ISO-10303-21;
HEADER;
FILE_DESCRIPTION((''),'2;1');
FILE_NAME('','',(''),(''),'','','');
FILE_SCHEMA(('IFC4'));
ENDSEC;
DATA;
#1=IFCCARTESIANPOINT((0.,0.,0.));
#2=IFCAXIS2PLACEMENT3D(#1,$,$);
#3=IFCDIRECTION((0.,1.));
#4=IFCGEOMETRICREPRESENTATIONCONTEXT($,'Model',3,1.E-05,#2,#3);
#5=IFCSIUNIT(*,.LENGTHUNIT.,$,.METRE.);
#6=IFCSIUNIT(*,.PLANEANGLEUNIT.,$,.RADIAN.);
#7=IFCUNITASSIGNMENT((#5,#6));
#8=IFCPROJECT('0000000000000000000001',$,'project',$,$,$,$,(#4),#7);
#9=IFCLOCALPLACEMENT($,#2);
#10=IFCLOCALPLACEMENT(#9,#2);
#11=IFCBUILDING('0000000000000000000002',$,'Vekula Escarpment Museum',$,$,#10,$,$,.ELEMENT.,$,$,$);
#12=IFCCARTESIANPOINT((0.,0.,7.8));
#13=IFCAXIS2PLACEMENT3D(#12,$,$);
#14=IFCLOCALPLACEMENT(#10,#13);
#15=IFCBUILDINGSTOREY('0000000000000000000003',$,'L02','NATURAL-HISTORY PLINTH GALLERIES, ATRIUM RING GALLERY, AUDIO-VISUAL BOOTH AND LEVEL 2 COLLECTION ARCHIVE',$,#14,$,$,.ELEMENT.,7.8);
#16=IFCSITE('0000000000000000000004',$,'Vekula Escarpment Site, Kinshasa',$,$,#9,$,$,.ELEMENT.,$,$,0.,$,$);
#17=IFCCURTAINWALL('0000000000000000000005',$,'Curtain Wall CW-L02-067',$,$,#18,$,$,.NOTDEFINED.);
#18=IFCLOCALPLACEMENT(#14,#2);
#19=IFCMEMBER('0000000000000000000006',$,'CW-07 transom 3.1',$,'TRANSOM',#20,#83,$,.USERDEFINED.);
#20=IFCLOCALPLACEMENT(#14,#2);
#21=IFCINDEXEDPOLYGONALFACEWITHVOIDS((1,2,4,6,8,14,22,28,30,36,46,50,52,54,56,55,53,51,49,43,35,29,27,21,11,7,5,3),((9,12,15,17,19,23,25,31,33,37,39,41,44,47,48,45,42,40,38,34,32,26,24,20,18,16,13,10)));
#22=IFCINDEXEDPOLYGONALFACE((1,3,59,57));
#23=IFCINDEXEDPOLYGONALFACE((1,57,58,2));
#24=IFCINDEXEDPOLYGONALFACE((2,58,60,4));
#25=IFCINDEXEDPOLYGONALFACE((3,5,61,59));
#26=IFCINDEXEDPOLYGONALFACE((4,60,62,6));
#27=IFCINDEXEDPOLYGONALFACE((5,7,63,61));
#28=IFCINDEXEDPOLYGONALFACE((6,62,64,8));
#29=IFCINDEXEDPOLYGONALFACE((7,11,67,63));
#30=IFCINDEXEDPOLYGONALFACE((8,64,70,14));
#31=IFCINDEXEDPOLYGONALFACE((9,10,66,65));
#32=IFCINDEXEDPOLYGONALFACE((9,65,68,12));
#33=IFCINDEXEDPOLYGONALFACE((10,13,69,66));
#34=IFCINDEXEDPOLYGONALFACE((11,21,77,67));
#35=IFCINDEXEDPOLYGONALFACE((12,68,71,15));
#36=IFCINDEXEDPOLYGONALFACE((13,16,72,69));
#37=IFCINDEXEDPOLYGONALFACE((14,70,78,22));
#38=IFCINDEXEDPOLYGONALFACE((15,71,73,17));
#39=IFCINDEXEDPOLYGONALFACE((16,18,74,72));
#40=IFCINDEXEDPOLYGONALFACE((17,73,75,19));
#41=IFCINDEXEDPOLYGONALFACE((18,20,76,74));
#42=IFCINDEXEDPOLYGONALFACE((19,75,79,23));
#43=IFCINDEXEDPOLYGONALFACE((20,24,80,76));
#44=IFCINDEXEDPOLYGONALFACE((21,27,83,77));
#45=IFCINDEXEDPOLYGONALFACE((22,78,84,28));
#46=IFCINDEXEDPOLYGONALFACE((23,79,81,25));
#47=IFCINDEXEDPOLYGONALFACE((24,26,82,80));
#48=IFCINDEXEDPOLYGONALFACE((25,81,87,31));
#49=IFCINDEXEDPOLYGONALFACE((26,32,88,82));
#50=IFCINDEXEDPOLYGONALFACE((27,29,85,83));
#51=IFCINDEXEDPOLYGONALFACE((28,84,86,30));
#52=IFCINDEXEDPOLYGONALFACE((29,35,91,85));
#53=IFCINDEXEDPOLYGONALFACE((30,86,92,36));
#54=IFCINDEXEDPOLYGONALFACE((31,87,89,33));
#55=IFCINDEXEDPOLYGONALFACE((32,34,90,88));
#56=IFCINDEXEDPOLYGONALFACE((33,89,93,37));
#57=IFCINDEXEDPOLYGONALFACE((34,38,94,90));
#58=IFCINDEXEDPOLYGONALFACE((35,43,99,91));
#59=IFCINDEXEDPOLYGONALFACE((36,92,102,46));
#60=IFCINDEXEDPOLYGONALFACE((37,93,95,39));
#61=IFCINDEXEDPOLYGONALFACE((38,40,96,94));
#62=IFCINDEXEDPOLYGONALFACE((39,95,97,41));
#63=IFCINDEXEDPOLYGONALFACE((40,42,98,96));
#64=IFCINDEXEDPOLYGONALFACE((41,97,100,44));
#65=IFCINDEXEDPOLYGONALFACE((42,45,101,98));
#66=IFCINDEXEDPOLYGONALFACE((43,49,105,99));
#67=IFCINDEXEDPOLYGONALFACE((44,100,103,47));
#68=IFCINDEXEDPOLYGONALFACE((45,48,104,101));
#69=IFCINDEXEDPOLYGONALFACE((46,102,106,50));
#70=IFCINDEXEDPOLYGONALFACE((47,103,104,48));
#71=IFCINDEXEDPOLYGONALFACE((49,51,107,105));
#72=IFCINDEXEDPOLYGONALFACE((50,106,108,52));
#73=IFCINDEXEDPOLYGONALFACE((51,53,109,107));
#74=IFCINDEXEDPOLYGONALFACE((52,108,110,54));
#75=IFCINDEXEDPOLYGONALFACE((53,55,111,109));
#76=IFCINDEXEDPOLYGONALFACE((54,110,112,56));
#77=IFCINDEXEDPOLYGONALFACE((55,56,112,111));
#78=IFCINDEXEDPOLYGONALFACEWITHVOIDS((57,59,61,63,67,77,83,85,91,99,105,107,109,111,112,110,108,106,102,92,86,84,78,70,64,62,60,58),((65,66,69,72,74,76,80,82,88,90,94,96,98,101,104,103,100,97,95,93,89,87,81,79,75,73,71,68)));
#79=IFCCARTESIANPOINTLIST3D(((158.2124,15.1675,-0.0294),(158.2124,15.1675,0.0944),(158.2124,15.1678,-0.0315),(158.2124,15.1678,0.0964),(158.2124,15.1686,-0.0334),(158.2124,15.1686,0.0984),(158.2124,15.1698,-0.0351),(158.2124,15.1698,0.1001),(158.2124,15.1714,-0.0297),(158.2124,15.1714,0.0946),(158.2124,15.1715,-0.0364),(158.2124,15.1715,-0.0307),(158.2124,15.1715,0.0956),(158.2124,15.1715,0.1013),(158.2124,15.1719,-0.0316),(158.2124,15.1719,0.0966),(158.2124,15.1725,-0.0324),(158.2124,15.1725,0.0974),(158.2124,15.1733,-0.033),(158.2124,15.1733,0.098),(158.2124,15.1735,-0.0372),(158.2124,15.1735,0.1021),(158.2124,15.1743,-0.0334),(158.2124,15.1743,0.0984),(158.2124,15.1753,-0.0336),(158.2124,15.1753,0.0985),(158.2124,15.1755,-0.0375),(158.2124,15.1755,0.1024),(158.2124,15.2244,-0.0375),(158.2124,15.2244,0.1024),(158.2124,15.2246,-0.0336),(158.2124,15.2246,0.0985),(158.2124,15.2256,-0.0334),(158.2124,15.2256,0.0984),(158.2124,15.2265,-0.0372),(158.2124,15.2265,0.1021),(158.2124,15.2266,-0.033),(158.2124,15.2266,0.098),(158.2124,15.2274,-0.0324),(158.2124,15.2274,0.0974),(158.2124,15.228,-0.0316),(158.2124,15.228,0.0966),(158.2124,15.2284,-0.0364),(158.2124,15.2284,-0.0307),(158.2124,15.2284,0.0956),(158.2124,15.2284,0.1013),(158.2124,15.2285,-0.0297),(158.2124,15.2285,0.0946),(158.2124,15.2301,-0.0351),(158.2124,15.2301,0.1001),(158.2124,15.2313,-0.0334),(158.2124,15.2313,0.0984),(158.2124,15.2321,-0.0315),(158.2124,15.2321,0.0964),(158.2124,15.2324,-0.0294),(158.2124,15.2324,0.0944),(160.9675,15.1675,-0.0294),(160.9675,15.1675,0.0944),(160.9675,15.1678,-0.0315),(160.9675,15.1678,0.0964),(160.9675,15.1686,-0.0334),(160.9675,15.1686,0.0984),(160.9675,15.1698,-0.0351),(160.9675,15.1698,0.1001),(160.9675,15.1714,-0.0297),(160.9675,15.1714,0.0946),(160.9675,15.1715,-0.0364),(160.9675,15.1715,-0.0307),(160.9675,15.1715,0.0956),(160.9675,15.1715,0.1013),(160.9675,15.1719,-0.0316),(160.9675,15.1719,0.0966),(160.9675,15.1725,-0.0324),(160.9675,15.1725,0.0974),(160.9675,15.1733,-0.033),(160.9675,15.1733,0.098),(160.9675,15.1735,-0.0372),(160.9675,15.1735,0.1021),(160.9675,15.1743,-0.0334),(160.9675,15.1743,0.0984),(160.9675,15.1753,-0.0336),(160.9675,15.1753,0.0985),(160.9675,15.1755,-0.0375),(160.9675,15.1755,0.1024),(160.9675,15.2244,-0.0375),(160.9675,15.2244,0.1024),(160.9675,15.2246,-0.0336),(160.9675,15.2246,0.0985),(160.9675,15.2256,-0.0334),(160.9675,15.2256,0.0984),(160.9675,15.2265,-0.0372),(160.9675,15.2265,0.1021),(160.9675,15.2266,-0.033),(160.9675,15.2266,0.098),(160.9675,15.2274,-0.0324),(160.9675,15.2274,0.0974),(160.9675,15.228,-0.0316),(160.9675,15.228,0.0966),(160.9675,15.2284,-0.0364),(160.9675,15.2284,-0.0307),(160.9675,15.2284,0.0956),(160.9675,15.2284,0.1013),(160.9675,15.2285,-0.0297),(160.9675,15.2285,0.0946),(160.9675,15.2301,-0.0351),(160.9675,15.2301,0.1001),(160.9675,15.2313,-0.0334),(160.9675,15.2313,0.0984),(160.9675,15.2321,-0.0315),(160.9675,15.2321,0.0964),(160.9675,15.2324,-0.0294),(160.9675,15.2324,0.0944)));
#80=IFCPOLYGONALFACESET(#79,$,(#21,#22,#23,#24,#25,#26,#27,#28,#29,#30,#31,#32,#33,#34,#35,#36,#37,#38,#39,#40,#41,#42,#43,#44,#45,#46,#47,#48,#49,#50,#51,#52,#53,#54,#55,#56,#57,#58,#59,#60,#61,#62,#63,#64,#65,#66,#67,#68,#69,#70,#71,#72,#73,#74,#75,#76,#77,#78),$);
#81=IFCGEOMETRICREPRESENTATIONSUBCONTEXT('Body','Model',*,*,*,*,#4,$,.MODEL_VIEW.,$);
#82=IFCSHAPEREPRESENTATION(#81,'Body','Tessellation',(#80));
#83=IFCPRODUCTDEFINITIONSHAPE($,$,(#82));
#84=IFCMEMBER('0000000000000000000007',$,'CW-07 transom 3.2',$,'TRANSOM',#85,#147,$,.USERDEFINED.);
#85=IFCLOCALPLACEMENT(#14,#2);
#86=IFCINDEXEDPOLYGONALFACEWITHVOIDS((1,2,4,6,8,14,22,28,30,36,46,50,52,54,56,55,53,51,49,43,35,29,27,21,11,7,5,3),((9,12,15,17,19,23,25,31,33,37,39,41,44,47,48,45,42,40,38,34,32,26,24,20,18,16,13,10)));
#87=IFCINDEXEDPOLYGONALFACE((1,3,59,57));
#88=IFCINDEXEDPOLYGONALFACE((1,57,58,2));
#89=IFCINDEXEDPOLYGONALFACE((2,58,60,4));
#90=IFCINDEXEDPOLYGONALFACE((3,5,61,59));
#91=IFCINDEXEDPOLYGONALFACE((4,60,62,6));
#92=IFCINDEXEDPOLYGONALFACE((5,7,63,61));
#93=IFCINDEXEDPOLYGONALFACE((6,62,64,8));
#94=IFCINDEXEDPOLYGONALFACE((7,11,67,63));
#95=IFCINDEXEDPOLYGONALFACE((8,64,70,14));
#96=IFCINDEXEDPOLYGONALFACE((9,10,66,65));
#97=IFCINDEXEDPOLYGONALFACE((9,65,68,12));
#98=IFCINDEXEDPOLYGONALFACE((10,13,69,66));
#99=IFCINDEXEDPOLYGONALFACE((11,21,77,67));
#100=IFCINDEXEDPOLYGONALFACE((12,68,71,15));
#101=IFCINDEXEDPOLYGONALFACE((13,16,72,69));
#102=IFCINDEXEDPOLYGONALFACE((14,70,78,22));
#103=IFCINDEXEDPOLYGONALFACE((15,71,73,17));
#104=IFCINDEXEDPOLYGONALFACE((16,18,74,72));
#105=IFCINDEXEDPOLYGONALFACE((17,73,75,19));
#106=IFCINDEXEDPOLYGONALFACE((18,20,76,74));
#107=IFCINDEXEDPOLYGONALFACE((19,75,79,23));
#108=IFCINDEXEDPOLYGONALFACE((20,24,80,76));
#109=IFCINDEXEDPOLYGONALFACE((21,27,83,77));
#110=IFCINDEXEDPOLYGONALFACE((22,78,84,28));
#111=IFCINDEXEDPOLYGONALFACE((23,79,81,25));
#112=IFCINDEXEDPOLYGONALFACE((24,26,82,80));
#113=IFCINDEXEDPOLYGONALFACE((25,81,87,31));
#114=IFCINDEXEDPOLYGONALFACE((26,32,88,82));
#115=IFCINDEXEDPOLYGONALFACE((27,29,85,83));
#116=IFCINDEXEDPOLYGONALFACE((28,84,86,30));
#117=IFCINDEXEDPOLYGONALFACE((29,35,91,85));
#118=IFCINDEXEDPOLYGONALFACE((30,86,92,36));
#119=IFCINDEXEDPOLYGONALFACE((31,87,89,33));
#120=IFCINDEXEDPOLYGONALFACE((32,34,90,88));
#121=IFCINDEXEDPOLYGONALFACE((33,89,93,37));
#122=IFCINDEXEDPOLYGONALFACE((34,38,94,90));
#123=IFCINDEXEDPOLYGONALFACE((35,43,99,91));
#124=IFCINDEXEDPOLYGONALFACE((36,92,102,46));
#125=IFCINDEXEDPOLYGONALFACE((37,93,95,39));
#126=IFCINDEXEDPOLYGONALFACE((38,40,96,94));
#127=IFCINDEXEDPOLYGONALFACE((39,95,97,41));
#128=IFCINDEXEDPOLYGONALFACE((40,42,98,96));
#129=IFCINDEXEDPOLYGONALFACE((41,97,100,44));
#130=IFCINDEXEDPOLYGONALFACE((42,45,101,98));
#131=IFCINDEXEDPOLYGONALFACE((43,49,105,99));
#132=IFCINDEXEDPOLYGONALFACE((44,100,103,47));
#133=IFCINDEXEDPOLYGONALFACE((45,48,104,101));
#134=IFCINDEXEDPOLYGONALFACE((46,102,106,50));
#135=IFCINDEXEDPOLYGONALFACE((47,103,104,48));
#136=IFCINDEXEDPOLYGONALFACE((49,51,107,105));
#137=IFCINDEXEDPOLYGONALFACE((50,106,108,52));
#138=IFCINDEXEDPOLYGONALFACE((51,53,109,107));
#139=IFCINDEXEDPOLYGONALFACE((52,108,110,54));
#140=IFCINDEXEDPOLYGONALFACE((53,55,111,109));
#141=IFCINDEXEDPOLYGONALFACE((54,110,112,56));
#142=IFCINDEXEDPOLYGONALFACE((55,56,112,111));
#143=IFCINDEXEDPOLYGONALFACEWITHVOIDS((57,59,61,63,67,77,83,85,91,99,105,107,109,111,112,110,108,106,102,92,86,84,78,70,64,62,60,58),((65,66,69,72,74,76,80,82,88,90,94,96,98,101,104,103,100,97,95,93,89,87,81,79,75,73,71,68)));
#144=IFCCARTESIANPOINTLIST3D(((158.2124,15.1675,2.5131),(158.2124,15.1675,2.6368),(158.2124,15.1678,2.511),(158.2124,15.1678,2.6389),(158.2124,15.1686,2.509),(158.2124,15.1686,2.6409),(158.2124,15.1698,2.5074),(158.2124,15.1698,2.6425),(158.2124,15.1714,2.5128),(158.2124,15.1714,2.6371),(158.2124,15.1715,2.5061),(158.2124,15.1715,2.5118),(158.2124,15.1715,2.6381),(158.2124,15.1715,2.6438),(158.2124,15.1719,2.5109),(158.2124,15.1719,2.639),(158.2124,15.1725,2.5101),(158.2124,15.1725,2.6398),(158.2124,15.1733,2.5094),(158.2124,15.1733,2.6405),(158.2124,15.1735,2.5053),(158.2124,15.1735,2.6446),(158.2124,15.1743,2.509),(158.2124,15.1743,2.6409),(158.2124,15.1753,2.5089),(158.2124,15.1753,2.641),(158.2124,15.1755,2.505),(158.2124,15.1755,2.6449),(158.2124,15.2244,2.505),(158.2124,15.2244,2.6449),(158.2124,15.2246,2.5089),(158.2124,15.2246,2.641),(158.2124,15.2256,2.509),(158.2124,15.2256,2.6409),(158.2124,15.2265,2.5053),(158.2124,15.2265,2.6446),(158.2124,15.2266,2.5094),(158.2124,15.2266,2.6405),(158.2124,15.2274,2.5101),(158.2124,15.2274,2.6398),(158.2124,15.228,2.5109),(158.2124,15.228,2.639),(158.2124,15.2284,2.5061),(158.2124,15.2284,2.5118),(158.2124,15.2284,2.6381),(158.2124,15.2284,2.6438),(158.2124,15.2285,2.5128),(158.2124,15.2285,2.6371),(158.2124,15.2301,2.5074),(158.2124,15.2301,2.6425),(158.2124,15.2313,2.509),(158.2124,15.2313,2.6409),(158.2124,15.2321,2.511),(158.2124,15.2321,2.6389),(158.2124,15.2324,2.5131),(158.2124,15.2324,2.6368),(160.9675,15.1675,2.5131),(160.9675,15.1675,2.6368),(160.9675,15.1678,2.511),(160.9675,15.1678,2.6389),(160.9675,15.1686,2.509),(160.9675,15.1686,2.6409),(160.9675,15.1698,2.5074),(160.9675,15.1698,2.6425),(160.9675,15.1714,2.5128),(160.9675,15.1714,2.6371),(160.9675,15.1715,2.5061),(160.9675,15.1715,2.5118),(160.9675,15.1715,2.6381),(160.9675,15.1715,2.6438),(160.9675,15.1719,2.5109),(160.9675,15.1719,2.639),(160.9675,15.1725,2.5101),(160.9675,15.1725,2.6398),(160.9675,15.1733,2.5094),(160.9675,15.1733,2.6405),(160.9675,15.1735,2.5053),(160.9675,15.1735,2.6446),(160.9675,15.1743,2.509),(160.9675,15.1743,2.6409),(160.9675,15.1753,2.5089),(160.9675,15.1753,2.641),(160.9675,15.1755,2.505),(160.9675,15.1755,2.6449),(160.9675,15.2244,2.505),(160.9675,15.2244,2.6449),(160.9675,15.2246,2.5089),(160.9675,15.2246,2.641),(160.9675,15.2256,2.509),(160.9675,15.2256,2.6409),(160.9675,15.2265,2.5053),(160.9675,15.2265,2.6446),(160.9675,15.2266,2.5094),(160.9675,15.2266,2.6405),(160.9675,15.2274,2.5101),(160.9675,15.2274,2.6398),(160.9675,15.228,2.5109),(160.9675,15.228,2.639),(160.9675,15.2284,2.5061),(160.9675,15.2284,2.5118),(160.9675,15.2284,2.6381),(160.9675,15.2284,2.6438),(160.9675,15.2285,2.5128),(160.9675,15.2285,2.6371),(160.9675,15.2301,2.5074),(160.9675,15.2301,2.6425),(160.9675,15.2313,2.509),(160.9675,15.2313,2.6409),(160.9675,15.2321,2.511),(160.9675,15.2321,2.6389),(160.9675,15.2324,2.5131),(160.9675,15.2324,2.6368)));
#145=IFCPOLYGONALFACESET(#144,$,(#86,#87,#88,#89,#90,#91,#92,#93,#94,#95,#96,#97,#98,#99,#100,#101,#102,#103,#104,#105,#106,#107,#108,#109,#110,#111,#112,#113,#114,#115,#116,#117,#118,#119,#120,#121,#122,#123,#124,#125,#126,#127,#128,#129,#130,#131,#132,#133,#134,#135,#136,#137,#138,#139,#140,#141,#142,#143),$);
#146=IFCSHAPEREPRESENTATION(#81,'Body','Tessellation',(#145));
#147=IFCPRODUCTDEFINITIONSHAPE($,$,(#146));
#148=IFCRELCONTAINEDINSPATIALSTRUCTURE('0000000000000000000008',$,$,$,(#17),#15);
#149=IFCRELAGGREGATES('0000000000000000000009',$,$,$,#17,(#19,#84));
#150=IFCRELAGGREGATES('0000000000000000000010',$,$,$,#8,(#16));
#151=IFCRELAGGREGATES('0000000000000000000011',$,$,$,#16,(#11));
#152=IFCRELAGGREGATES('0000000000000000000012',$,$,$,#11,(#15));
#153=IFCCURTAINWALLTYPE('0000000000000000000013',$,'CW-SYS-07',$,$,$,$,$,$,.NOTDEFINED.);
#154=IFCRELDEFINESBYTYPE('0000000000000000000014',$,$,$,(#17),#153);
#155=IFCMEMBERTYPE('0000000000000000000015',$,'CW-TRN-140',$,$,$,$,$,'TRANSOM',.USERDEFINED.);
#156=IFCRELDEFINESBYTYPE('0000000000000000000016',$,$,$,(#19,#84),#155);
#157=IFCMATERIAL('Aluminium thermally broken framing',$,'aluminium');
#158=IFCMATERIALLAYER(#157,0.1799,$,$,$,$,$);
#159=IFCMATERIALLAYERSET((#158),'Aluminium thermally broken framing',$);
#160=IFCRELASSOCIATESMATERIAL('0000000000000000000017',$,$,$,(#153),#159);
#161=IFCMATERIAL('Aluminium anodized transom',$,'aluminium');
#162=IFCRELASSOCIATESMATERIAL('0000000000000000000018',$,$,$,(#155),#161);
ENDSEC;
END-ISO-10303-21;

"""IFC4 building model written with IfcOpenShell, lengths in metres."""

from ifc_helpers import new_model, si_unit, direction, frame, origin, origin_2d, place, context, subcontext, project, spatial, hollow_rectangle, extrude, material, layer, layer_set, material_profile, profile_set, type_object, element, aggregate, save


model = new_model("IFC4")

# Units and contexts
model_context = context("Model", 3, precision=1e-05, world=origin(), true_north=direction((0.0, 1.0)))
body_context = subcontext(model_context, "Body", "Model", "MODEL_VIEW")
ifc_project = project(units=[si_unit("LENGTHUNIT", "METRE"), si_unit("PLANEANGLEUNIT", "RADIAN")], contexts=[model_context])

# Site, building, storey
site_placement = place(None, origin())
site = spatial("IfcSite", under=ifc_project, at=site_placement, Name="Vekula Escarpment Site, Kinshasa", CompositionType="ELEMENT", RefElevation=0.0)
building_placement = place(site_placement, origin())
building = spatial("IfcBuilding", under=site, at=building_placement, Name="Vekula Escarpment Museum", CompositionType="ELEMENT")
storey_placement = place(building_placement, frame((0.0, 0.0, 7.8)))
storey = spatial("IfcBuildingStorey", under=building, at=storey_placement, Name="L02", Description="NATURAL-HISTORY PLINTH GALLERIES, ATRIUM RING GALLERY, AUDIO-VISUAL BOOTH AND LEVEL 2 COLLECTION ARCHIVE", CompositionType="ELEMENT", Elevation=7.8)

# Curtain wall, members
ifc_material_1 = material(Name="Aluminium thermally broken framing", Category="aluminium")
ifc_layer_1 = layer(ifc_material_1, 0.1799)
ifc_layer_set_1 = layer_set([ifc_layer_1], Name="Aluminium thermally broken framing")
curtain_wall_type = type_object("IfcCurtainWallType", Name="CW-SYS-07", PredefinedType="NOTDEFINED", material=ifc_layer_set_1)
curtain_wall_placement = place(storey_placement, origin())
curtain_wall = element("IfcCurtainWall", 1, at=curtain_wall_placement, inside=storey, type_object=curtain_wall_type, Name="Curtain Wall CW-L02-067", PredefinedType="NOTDEFINED")
ifc_material_2 = material(Name="Aluminium anodized transom", Category="aluminium")
ifc_material_profile_1 = material_profile(ifc_material_2, hollow_rectangle(XDim=0.0649, YDim=0.1399, WallThickness=0.0039, InnerFilletRadius=0.0039, OuterFilletRadius=0.0081, at=origin_2d()), Name="ALU 140x65x4")
ifc_profile_set_1 = profile_set([ifc_material_profile_1], Name="Aluminium anodized transom")
member_type_1 = type_object("IfcMemberType", Name="CW-TRN-140", ElementType="TRANSOM", PredefinedType="USERDEFINED", material=ifc_profile_set_1)
member_1_placement = place(storey_placement, frame((160.9675, 15.2, 0.0325), z_axis=(-1.0, 0.0, 0.0), x_axis=(0.0, -1.0, 0.0)))
member_1 = element("IfcMember", 2, at=member_1_placement, type_object=member_type_1, Name="CW-07 transom 3.1", ObjectType="TRANSOM", PredefinedType="USERDEFINED", context=body_context, shape_type="SweptSolid", body=[
    extrude(hollow_rectangle(XDim=0.0649, YDim=0.1399, WallThickness=0.0039, InnerFilletRadius=0.0039, OuterFilletRadius=0.0081, at=origin_2d()), origin(), (0.0, 0.0, 1.0), 2.7551),
])
member_2_placement = place(storey_placement, frame((160.9675, 15.2, 2.575), z_axis=(-1.0, 0.0, 0.0), x_axis=(0.0, -1.0, 0.0)))
member_2 = element("IfcMember", 3, at=member_2_placement, type_object=member_type_1, Name="CW-07 transom 3.2", ObjectType="TRANSOM", PredefinedType="USERDEFINED", context=body_context, shape_type="SweptSolid", body=[
    extrude(hollow_rectangle(XDim=0.0649, YDim=0.1399, WallThickness=0.0039, InnerFilletRadius=0.0039, OuterFilletRadius=0.0081, at=origin_2d()), origin(), (0.0, 0.0, 1.0), 2.7551),
])
aggregate(curtain_wall, [member_1, member_2])

save(model, "model.ifc")
